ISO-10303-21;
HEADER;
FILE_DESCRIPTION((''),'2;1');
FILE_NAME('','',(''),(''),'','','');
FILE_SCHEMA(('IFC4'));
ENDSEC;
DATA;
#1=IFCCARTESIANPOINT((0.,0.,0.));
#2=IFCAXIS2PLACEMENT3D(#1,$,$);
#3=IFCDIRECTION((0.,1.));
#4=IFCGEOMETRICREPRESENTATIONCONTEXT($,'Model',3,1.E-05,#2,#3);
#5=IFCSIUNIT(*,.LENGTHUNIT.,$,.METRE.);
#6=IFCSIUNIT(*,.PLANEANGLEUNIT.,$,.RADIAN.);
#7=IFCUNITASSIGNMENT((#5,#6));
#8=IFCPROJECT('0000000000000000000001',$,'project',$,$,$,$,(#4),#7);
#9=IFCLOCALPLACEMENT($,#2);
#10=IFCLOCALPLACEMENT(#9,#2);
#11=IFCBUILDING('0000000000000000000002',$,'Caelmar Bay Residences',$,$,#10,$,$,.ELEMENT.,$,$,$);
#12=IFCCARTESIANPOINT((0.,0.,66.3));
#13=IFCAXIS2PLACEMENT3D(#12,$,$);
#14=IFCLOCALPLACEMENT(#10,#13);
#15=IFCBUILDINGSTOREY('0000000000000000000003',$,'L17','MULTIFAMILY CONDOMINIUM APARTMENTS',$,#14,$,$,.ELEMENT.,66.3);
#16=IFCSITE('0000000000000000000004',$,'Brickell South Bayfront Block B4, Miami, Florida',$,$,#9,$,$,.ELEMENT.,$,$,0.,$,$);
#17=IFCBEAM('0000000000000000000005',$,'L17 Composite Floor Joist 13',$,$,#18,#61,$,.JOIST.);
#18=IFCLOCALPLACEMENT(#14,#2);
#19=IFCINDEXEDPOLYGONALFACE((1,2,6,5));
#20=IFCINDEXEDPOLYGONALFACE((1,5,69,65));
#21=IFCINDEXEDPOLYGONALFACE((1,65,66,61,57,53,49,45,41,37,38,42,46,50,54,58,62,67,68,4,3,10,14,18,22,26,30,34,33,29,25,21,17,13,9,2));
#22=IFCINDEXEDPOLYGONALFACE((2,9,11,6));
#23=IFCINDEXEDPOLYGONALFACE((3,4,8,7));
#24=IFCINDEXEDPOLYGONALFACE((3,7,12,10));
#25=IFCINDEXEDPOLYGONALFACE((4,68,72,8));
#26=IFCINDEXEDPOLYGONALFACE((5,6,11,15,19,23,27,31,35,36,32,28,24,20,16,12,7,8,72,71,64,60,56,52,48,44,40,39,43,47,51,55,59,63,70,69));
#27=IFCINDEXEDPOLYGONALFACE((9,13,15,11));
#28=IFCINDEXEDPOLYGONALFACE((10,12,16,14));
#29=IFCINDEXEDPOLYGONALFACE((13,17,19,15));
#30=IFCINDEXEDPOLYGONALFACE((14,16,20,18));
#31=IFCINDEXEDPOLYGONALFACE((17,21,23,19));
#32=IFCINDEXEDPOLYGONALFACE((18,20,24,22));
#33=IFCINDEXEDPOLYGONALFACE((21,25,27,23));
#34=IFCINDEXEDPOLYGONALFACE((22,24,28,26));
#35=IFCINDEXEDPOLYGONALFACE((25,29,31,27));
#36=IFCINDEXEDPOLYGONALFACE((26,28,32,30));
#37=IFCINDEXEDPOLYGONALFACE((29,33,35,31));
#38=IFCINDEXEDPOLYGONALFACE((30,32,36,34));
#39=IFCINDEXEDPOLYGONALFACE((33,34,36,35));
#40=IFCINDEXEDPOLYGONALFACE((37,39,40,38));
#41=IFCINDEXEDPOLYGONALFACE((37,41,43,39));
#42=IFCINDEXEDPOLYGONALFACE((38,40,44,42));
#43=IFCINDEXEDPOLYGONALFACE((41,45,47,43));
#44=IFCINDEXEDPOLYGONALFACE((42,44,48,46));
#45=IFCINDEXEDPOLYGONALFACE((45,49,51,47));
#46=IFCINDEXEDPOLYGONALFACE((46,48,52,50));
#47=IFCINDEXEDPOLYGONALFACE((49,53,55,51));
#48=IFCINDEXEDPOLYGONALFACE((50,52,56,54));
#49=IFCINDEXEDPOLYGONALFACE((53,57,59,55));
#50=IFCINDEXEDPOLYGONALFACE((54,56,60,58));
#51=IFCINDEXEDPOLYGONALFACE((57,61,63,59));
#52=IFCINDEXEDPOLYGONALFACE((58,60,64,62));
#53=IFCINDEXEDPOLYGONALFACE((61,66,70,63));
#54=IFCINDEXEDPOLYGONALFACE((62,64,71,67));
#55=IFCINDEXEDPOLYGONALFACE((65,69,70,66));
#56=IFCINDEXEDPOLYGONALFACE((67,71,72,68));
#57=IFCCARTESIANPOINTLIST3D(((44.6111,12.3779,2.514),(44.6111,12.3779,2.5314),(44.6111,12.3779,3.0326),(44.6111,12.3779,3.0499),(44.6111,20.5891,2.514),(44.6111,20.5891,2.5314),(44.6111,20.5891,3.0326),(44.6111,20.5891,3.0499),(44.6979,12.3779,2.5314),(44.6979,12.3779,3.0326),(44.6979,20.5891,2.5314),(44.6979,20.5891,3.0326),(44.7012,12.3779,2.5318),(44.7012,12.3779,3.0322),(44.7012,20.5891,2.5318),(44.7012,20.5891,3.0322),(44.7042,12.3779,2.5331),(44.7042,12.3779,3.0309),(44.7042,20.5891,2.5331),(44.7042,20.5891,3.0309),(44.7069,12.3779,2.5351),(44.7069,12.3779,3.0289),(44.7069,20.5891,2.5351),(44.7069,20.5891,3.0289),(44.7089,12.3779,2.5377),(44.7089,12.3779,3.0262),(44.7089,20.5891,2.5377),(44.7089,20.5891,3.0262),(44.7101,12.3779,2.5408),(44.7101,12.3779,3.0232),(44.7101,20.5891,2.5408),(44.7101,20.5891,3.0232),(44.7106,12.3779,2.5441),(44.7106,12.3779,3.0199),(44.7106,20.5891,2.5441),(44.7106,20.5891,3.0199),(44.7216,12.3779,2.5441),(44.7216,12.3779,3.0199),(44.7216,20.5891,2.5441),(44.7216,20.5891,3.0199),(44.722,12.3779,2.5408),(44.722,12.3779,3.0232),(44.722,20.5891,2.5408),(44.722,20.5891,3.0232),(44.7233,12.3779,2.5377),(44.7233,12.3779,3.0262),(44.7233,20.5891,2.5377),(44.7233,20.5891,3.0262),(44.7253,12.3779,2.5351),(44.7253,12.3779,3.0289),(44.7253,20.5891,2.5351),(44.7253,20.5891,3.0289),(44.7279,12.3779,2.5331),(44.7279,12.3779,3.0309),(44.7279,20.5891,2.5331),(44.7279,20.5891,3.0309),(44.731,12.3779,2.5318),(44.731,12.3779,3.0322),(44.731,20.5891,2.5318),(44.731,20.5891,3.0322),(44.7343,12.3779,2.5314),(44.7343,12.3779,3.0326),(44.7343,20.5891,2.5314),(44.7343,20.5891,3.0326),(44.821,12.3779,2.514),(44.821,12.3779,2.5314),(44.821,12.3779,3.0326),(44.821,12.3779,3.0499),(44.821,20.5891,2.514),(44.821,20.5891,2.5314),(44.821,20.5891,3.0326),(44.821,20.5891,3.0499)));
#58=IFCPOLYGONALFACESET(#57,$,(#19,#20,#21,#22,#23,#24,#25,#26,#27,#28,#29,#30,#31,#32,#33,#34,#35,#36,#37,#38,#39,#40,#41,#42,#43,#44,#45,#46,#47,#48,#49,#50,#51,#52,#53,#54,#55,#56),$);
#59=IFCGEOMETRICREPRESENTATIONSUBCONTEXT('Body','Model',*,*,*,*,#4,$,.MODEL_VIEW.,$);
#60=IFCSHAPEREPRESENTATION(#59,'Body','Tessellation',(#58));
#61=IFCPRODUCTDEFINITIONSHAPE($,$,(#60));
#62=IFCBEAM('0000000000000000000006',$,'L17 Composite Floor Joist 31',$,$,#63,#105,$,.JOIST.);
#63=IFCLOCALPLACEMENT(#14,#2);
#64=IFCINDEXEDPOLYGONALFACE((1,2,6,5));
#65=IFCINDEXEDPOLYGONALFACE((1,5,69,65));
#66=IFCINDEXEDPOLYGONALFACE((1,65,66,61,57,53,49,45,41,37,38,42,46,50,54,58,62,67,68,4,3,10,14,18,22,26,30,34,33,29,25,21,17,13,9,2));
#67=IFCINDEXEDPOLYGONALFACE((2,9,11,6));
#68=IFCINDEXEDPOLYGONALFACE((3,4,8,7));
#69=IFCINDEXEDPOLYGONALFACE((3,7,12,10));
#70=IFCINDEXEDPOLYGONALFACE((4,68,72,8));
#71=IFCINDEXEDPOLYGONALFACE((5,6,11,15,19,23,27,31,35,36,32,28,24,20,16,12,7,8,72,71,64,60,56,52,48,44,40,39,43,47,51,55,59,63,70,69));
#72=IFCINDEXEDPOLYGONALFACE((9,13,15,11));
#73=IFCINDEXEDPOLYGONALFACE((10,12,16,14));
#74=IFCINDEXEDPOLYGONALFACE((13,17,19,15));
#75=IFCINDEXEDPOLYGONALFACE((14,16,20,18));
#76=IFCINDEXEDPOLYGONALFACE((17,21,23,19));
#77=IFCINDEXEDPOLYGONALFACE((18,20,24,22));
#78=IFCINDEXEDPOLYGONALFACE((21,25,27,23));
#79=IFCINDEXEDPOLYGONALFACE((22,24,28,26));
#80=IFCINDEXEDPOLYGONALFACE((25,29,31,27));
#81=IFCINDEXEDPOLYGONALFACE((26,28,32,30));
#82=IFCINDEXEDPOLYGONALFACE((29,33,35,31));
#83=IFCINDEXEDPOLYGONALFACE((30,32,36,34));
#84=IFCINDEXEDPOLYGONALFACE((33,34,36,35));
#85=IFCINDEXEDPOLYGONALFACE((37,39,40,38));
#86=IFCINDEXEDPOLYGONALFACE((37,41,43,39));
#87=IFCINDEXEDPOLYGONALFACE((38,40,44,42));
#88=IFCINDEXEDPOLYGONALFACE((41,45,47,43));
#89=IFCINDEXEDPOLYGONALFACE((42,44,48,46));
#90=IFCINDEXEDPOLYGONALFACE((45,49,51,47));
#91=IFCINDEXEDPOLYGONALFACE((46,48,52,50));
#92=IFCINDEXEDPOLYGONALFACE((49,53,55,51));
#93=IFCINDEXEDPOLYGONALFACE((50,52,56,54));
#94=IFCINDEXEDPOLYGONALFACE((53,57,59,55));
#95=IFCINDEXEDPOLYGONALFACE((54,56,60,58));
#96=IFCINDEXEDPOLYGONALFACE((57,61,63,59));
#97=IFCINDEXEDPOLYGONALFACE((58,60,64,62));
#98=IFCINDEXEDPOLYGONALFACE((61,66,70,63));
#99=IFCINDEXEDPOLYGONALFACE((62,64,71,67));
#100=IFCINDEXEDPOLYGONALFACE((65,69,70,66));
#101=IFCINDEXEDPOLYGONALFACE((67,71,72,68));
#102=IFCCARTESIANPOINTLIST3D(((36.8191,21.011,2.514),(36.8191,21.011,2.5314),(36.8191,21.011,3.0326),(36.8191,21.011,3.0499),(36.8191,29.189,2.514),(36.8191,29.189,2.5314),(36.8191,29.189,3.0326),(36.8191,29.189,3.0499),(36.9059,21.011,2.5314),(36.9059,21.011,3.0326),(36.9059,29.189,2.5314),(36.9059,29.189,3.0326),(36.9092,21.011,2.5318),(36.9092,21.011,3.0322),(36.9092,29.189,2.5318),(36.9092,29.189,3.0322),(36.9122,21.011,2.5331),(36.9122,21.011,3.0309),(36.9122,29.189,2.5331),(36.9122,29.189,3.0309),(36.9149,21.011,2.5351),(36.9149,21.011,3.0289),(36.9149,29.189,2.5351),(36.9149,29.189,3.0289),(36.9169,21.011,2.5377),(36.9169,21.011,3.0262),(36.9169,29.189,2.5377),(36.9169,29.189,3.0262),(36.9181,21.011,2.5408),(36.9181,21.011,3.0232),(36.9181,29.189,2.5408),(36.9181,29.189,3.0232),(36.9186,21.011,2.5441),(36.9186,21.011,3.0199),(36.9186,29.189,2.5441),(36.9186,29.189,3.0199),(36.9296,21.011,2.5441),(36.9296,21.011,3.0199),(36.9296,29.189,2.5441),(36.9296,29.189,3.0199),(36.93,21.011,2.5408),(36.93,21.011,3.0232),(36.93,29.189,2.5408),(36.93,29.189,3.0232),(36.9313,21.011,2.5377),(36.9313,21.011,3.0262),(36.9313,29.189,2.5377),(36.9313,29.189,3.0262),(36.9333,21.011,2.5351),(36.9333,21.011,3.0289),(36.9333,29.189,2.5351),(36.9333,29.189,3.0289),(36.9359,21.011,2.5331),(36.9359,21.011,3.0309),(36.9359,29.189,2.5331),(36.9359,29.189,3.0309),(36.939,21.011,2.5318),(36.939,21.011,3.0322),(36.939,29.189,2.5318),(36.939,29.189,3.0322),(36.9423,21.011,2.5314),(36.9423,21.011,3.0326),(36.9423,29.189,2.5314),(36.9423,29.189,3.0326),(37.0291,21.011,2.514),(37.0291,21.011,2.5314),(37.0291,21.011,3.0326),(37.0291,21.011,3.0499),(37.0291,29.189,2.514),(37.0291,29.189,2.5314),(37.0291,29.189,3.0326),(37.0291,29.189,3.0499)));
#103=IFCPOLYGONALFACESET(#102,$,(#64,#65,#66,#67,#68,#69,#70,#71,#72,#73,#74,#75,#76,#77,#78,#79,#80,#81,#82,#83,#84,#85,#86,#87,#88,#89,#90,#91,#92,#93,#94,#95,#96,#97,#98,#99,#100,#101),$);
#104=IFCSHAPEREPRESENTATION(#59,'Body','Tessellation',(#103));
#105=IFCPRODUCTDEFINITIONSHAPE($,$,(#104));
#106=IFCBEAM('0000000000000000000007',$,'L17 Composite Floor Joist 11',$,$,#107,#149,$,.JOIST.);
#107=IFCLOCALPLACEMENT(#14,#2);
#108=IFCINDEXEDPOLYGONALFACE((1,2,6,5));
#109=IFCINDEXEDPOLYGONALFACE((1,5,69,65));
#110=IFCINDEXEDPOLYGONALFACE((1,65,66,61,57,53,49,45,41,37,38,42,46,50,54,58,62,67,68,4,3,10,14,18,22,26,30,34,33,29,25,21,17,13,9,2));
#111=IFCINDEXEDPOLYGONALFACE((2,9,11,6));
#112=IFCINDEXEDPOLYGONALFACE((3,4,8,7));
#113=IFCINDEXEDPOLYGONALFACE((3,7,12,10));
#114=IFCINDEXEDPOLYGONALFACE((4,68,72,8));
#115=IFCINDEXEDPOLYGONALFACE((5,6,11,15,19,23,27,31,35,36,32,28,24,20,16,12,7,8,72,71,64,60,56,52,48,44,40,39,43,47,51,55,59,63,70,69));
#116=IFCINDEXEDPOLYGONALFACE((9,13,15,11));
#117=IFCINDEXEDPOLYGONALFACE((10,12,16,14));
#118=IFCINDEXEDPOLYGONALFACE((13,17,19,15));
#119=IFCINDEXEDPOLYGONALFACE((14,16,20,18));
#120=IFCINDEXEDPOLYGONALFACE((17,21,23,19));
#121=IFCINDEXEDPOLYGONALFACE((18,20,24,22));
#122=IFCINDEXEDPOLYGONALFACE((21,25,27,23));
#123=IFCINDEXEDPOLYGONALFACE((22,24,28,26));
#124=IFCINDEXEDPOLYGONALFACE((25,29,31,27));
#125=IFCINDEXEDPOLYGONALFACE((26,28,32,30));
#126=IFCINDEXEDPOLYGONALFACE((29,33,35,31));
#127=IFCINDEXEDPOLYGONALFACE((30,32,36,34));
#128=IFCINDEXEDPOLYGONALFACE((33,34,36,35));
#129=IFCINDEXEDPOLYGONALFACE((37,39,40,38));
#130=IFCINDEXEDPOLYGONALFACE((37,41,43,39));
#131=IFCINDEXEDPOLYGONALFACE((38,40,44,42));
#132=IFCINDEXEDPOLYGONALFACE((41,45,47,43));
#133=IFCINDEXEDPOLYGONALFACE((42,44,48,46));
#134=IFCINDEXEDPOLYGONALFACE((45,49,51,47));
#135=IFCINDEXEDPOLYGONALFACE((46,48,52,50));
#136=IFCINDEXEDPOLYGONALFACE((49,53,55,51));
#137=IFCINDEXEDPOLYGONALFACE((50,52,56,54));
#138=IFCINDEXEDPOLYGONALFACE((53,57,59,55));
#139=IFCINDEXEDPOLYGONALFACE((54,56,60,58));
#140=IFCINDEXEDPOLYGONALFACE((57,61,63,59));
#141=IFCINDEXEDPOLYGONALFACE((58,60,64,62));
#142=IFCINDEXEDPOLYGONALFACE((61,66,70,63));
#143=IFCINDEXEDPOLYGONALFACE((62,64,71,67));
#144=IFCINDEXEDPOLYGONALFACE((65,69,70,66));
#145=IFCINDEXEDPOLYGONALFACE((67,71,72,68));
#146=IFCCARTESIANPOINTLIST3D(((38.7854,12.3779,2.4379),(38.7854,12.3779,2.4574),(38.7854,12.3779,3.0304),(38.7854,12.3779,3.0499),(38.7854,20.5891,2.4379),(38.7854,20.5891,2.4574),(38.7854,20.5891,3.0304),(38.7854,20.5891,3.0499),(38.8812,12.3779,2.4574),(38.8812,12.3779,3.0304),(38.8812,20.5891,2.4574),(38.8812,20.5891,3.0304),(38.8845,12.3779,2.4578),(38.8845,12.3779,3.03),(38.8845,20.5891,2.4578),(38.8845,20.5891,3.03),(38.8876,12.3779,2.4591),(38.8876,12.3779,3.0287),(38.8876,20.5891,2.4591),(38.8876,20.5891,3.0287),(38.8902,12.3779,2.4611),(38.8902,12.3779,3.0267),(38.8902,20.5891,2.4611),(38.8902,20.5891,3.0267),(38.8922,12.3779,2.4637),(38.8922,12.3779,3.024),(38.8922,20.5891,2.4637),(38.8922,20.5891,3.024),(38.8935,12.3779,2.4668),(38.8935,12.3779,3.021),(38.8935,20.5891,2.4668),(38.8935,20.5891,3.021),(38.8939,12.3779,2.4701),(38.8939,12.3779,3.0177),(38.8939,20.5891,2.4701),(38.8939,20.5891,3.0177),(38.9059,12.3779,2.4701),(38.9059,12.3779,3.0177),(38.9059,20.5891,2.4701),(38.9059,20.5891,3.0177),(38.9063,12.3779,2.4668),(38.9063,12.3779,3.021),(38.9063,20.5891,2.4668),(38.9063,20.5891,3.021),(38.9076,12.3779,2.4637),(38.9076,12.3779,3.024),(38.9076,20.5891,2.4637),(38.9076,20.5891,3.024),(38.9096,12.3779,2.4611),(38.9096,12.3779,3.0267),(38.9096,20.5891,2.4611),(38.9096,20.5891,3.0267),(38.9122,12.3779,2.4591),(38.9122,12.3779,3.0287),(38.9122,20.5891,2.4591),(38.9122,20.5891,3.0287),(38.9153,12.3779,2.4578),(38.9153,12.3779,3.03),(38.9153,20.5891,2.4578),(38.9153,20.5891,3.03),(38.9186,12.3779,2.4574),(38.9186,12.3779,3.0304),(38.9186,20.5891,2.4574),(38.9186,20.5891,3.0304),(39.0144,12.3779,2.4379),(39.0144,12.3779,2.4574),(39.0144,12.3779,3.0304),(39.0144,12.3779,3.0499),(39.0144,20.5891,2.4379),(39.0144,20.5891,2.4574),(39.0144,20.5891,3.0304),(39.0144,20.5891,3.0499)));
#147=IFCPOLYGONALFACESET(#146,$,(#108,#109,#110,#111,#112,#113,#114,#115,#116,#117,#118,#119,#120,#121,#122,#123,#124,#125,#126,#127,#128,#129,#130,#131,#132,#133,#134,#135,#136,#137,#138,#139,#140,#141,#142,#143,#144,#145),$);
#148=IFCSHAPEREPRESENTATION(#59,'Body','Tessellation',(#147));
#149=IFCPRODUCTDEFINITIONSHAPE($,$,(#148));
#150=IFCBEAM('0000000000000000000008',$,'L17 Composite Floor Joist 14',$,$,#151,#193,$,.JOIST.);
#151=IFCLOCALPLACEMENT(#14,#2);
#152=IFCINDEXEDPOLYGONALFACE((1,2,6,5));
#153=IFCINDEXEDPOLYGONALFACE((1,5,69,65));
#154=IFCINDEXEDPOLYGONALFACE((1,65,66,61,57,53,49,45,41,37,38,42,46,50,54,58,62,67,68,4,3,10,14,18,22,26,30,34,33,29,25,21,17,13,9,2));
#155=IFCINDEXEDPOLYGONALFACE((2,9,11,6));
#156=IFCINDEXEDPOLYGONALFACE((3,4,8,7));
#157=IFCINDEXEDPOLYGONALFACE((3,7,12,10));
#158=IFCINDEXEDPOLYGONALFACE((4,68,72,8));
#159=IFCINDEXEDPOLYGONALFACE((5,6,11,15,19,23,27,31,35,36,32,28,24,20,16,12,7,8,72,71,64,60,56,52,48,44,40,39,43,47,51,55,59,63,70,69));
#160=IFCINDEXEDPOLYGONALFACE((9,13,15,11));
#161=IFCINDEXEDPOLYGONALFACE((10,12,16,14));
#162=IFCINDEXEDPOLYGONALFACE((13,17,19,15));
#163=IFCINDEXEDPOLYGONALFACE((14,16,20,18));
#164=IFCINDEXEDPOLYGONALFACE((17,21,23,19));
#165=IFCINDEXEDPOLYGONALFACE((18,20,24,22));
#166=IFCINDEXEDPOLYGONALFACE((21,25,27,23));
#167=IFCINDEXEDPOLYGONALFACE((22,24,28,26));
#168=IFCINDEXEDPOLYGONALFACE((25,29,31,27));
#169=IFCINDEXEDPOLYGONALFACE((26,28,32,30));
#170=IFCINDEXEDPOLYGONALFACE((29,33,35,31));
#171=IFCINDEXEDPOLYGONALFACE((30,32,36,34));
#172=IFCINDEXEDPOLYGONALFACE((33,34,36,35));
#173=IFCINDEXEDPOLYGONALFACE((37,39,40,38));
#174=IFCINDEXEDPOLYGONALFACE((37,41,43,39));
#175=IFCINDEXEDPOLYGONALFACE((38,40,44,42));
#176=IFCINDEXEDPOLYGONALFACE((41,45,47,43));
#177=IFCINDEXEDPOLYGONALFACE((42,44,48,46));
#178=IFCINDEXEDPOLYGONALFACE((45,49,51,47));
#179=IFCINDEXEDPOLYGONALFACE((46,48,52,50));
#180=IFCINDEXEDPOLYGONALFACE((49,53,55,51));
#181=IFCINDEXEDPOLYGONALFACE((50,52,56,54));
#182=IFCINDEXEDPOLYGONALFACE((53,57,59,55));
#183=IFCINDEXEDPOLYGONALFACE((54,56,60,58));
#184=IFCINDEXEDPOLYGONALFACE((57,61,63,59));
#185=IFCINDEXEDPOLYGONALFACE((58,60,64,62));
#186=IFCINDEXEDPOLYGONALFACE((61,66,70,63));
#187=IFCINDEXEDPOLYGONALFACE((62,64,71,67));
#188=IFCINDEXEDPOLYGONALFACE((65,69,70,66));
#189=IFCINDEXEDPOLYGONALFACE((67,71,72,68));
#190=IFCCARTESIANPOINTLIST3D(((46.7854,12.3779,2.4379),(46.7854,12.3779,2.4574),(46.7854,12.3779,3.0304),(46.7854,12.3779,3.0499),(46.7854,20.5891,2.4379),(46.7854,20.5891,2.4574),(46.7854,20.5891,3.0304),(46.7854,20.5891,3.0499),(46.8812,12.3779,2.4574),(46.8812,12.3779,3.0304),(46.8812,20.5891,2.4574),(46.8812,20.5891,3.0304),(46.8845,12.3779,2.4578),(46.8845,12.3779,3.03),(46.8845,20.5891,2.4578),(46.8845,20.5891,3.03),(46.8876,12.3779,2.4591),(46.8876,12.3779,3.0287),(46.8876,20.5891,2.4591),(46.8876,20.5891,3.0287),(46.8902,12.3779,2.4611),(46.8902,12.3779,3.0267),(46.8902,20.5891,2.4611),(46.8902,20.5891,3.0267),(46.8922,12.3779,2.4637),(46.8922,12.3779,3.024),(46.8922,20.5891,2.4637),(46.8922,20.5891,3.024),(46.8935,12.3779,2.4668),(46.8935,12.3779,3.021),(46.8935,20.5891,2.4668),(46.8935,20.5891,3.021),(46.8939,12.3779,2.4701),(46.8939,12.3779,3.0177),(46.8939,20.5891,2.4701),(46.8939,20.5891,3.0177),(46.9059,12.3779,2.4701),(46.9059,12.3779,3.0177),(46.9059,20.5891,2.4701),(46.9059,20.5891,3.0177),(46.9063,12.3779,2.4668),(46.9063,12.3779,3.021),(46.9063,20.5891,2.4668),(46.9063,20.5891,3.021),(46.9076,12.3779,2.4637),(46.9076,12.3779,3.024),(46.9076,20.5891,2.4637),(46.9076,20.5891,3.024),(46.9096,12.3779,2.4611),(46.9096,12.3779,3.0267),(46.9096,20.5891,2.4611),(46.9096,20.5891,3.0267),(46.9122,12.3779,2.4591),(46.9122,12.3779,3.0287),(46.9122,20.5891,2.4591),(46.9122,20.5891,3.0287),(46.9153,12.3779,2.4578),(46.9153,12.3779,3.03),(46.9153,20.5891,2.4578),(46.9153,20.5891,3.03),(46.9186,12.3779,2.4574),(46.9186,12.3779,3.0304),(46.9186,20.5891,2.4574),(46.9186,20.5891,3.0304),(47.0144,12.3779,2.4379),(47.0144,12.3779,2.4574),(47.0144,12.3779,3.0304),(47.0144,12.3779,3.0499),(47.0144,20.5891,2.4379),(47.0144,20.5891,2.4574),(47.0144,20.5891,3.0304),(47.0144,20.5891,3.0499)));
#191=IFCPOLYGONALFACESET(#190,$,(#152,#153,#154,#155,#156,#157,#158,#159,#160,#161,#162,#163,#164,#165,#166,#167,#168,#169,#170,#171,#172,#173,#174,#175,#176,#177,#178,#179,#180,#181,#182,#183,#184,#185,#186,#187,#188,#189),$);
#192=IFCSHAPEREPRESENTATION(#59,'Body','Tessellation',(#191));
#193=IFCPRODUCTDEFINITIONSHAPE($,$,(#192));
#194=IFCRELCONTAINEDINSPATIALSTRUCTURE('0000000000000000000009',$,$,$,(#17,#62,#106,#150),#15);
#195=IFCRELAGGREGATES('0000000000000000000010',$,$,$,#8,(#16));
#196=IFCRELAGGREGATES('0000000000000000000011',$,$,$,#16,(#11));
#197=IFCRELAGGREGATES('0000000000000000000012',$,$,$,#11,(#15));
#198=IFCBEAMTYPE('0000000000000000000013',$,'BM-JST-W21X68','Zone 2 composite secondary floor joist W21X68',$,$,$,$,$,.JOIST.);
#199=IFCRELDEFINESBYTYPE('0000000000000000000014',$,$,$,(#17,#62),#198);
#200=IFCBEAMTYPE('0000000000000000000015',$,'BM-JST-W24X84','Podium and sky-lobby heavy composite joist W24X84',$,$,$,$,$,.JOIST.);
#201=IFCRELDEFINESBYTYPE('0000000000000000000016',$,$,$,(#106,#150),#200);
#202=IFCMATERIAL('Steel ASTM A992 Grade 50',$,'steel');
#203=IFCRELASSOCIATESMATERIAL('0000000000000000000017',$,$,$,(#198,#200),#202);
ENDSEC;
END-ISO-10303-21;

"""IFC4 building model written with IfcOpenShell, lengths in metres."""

from ifc_helpers import new_model, si_unit, direction, frame, origin, origin_2d, place, context, subcontext, project, spatial, i_section, extrude, material, material_profile, profile_set, type_object, element, save


model = new_model("IFC4")

# Units and contexts
model_context = context("Model", 3, precision=1e-05, world=origin(), true_north=direction((0.0, 1.0)))
body_context = subcontext(model_context, "Body", "Model", "MODEL_VIEW")
ifc_project = project(units=[si_unit("LENGTHUNIT", "METRE"), si_unit("PLANEANGLEUNIT", "RADIAN")], contexts=[model_context])

# Site, building, storey
site_placement = place(None, origin())
site = spatial("IfcSite", under=ifc_project, at=site_placement, Name="Brickell South Bayfront Block B4, Miami, Florida", CompositionType="ELEMENT", RefElevation=0.0)
building_placement = place(site_placement, origin())
building = spatial("IfcBuilding", under=site, at=building_placement, Name="Caelmar Bay Residences", CompositionType="ELEMENT")
storey_placement = place(building_placement, frame((0.0, 0.0, 66.3)))
storey = spatial("IfcBuildingStorey", under=building, at=storey_placement, Name="L17", Description="MULTIFAMILY CONDOMINIUM APARTMENTS", CompositionType="ELEMENT", Elevation=66.3)

# Beams
ifc_material_1 = material(Name="Steel ASTM A992 Grade 50", Category="steel")
ifc_material_profile_1 = material_profile(ifc_material_1, i_section(OverallWidth=0.21, OverallDepth=0.5359, WebThickness=0.011, FlangeThickness=0.0173, FilletRadius=0.0127, at=origin_2d()), Name="W21X68")
ifc_profile_set_1 = profile_set([ifc_material_profile_1], Name="Steel ASTM A992 Grade 50")
beam_type_1 = type_object("IfcBeamType", Name="BM-JST-W21X68", Description="Zone 2 composite secondary floor joist W21X68", PredefinedType="JOIST", material=ifc_profile_set_1)
for number, where, z_axis, x_axis, name in (
    (1, (44.7161, 12.3779, 2.782), (0.0, 1.0, 0.0), (-1.0, 0.0, 0.0), "L17 Composite Floor Joist 13"),
):
    element("IfcBeam", number, at=place(storey_placement, frame(where, z_axis=z_axis, x_axis=x_axis)), inside=storey, type_object=beam_type_1, Name=name, PredefinedType="JOIST", context=body_context, shape_type="SweptSolid", body=[
        extrude(i_section(OverallWidth=0.21, OverallDepth=0.5359, WebThickness=0.011, FlangeThickness=0.0173, FilletRadius=0.0127, at=origin_2d()), origin(), (0.0, 0.0, 1.0), 8.2112),
    ])
beam_1_placement = place(storey_placement, frame((36.9241, 21.011, 2.782), z_axis=(0.0, 1.0, 0.0), x_axis=(-1.0, 0.0, 0.0)))
element("IfcBeam", 2, at=beam_1_placement, inside=storey, type_object=beam_type_1, Name="L17 Composite Floor Joist 31", PredefinedType="JOIST", context=body_context, shape_type="SweptSolid", body=[
    extrude(i_section(OverallWidth=0.21, OverallDepth=0.5359, WebThickness=0.011, FlangeThickness=0.0173, FilletRadius=0.0127, at=origin_2d()), origin(), (0.0, 0.0, 1.0), 8.178),
])
ifc_material_profile_2 = material_profile(ifc_material_1, i_section(OverallWidth=0.229, OverallDepth=0.6121, WebThickness=0.012, FlangeThickness=0.0195, FilletRadius=0.0127, at=origin_2d()), Name="W24X84")
ifc_profile_set_2 = profile_set([ifc_material_profile_2], Name="Steel ASTM A992 Grade 50")
beam_type_2 = type_object("IfcBeamType", Name="BM-JST-W24X84", Description="Podium and sky-lobby heavy composite joist W24X84", PredefinedType="JOIST", material=ifc_profile_set_2)
for number, where, z_axis, x_axis, name in (
    (3, (38.8999, 12.3779, 2.7439), (0.0, 1.0, 0.0), (-1.0, 0.0, 0.0), "L17 Composite Floor Joist 11"),
    (4, (46.8999, 12.3779, 2.7439), (0.0, 1.0, 0.0), (-1.0, 0.0, 0.0), "L17 Composite Floor Joist 14"),
):
    element("IfcBeam", number, at=place(storey_placement, frame(where, z_axis=z_axis, x_axis=x_axis)), inside=storey, type_object=beam_type_2, Name=name, PredefinedType="JOIST", context=body_context, shape_type="SweptSolid", body=[
        extrude(i_section(OverallWidth=0.229, OverallDepth=0.6121, WebThickness=0.012, FlangeThickness=0.0195, FilletRadius=0.0127, at=origin_2d()), origin(), (0.0, 0.0, 1.0), 8.2112),
    ])

save(model, "model.ifc")
